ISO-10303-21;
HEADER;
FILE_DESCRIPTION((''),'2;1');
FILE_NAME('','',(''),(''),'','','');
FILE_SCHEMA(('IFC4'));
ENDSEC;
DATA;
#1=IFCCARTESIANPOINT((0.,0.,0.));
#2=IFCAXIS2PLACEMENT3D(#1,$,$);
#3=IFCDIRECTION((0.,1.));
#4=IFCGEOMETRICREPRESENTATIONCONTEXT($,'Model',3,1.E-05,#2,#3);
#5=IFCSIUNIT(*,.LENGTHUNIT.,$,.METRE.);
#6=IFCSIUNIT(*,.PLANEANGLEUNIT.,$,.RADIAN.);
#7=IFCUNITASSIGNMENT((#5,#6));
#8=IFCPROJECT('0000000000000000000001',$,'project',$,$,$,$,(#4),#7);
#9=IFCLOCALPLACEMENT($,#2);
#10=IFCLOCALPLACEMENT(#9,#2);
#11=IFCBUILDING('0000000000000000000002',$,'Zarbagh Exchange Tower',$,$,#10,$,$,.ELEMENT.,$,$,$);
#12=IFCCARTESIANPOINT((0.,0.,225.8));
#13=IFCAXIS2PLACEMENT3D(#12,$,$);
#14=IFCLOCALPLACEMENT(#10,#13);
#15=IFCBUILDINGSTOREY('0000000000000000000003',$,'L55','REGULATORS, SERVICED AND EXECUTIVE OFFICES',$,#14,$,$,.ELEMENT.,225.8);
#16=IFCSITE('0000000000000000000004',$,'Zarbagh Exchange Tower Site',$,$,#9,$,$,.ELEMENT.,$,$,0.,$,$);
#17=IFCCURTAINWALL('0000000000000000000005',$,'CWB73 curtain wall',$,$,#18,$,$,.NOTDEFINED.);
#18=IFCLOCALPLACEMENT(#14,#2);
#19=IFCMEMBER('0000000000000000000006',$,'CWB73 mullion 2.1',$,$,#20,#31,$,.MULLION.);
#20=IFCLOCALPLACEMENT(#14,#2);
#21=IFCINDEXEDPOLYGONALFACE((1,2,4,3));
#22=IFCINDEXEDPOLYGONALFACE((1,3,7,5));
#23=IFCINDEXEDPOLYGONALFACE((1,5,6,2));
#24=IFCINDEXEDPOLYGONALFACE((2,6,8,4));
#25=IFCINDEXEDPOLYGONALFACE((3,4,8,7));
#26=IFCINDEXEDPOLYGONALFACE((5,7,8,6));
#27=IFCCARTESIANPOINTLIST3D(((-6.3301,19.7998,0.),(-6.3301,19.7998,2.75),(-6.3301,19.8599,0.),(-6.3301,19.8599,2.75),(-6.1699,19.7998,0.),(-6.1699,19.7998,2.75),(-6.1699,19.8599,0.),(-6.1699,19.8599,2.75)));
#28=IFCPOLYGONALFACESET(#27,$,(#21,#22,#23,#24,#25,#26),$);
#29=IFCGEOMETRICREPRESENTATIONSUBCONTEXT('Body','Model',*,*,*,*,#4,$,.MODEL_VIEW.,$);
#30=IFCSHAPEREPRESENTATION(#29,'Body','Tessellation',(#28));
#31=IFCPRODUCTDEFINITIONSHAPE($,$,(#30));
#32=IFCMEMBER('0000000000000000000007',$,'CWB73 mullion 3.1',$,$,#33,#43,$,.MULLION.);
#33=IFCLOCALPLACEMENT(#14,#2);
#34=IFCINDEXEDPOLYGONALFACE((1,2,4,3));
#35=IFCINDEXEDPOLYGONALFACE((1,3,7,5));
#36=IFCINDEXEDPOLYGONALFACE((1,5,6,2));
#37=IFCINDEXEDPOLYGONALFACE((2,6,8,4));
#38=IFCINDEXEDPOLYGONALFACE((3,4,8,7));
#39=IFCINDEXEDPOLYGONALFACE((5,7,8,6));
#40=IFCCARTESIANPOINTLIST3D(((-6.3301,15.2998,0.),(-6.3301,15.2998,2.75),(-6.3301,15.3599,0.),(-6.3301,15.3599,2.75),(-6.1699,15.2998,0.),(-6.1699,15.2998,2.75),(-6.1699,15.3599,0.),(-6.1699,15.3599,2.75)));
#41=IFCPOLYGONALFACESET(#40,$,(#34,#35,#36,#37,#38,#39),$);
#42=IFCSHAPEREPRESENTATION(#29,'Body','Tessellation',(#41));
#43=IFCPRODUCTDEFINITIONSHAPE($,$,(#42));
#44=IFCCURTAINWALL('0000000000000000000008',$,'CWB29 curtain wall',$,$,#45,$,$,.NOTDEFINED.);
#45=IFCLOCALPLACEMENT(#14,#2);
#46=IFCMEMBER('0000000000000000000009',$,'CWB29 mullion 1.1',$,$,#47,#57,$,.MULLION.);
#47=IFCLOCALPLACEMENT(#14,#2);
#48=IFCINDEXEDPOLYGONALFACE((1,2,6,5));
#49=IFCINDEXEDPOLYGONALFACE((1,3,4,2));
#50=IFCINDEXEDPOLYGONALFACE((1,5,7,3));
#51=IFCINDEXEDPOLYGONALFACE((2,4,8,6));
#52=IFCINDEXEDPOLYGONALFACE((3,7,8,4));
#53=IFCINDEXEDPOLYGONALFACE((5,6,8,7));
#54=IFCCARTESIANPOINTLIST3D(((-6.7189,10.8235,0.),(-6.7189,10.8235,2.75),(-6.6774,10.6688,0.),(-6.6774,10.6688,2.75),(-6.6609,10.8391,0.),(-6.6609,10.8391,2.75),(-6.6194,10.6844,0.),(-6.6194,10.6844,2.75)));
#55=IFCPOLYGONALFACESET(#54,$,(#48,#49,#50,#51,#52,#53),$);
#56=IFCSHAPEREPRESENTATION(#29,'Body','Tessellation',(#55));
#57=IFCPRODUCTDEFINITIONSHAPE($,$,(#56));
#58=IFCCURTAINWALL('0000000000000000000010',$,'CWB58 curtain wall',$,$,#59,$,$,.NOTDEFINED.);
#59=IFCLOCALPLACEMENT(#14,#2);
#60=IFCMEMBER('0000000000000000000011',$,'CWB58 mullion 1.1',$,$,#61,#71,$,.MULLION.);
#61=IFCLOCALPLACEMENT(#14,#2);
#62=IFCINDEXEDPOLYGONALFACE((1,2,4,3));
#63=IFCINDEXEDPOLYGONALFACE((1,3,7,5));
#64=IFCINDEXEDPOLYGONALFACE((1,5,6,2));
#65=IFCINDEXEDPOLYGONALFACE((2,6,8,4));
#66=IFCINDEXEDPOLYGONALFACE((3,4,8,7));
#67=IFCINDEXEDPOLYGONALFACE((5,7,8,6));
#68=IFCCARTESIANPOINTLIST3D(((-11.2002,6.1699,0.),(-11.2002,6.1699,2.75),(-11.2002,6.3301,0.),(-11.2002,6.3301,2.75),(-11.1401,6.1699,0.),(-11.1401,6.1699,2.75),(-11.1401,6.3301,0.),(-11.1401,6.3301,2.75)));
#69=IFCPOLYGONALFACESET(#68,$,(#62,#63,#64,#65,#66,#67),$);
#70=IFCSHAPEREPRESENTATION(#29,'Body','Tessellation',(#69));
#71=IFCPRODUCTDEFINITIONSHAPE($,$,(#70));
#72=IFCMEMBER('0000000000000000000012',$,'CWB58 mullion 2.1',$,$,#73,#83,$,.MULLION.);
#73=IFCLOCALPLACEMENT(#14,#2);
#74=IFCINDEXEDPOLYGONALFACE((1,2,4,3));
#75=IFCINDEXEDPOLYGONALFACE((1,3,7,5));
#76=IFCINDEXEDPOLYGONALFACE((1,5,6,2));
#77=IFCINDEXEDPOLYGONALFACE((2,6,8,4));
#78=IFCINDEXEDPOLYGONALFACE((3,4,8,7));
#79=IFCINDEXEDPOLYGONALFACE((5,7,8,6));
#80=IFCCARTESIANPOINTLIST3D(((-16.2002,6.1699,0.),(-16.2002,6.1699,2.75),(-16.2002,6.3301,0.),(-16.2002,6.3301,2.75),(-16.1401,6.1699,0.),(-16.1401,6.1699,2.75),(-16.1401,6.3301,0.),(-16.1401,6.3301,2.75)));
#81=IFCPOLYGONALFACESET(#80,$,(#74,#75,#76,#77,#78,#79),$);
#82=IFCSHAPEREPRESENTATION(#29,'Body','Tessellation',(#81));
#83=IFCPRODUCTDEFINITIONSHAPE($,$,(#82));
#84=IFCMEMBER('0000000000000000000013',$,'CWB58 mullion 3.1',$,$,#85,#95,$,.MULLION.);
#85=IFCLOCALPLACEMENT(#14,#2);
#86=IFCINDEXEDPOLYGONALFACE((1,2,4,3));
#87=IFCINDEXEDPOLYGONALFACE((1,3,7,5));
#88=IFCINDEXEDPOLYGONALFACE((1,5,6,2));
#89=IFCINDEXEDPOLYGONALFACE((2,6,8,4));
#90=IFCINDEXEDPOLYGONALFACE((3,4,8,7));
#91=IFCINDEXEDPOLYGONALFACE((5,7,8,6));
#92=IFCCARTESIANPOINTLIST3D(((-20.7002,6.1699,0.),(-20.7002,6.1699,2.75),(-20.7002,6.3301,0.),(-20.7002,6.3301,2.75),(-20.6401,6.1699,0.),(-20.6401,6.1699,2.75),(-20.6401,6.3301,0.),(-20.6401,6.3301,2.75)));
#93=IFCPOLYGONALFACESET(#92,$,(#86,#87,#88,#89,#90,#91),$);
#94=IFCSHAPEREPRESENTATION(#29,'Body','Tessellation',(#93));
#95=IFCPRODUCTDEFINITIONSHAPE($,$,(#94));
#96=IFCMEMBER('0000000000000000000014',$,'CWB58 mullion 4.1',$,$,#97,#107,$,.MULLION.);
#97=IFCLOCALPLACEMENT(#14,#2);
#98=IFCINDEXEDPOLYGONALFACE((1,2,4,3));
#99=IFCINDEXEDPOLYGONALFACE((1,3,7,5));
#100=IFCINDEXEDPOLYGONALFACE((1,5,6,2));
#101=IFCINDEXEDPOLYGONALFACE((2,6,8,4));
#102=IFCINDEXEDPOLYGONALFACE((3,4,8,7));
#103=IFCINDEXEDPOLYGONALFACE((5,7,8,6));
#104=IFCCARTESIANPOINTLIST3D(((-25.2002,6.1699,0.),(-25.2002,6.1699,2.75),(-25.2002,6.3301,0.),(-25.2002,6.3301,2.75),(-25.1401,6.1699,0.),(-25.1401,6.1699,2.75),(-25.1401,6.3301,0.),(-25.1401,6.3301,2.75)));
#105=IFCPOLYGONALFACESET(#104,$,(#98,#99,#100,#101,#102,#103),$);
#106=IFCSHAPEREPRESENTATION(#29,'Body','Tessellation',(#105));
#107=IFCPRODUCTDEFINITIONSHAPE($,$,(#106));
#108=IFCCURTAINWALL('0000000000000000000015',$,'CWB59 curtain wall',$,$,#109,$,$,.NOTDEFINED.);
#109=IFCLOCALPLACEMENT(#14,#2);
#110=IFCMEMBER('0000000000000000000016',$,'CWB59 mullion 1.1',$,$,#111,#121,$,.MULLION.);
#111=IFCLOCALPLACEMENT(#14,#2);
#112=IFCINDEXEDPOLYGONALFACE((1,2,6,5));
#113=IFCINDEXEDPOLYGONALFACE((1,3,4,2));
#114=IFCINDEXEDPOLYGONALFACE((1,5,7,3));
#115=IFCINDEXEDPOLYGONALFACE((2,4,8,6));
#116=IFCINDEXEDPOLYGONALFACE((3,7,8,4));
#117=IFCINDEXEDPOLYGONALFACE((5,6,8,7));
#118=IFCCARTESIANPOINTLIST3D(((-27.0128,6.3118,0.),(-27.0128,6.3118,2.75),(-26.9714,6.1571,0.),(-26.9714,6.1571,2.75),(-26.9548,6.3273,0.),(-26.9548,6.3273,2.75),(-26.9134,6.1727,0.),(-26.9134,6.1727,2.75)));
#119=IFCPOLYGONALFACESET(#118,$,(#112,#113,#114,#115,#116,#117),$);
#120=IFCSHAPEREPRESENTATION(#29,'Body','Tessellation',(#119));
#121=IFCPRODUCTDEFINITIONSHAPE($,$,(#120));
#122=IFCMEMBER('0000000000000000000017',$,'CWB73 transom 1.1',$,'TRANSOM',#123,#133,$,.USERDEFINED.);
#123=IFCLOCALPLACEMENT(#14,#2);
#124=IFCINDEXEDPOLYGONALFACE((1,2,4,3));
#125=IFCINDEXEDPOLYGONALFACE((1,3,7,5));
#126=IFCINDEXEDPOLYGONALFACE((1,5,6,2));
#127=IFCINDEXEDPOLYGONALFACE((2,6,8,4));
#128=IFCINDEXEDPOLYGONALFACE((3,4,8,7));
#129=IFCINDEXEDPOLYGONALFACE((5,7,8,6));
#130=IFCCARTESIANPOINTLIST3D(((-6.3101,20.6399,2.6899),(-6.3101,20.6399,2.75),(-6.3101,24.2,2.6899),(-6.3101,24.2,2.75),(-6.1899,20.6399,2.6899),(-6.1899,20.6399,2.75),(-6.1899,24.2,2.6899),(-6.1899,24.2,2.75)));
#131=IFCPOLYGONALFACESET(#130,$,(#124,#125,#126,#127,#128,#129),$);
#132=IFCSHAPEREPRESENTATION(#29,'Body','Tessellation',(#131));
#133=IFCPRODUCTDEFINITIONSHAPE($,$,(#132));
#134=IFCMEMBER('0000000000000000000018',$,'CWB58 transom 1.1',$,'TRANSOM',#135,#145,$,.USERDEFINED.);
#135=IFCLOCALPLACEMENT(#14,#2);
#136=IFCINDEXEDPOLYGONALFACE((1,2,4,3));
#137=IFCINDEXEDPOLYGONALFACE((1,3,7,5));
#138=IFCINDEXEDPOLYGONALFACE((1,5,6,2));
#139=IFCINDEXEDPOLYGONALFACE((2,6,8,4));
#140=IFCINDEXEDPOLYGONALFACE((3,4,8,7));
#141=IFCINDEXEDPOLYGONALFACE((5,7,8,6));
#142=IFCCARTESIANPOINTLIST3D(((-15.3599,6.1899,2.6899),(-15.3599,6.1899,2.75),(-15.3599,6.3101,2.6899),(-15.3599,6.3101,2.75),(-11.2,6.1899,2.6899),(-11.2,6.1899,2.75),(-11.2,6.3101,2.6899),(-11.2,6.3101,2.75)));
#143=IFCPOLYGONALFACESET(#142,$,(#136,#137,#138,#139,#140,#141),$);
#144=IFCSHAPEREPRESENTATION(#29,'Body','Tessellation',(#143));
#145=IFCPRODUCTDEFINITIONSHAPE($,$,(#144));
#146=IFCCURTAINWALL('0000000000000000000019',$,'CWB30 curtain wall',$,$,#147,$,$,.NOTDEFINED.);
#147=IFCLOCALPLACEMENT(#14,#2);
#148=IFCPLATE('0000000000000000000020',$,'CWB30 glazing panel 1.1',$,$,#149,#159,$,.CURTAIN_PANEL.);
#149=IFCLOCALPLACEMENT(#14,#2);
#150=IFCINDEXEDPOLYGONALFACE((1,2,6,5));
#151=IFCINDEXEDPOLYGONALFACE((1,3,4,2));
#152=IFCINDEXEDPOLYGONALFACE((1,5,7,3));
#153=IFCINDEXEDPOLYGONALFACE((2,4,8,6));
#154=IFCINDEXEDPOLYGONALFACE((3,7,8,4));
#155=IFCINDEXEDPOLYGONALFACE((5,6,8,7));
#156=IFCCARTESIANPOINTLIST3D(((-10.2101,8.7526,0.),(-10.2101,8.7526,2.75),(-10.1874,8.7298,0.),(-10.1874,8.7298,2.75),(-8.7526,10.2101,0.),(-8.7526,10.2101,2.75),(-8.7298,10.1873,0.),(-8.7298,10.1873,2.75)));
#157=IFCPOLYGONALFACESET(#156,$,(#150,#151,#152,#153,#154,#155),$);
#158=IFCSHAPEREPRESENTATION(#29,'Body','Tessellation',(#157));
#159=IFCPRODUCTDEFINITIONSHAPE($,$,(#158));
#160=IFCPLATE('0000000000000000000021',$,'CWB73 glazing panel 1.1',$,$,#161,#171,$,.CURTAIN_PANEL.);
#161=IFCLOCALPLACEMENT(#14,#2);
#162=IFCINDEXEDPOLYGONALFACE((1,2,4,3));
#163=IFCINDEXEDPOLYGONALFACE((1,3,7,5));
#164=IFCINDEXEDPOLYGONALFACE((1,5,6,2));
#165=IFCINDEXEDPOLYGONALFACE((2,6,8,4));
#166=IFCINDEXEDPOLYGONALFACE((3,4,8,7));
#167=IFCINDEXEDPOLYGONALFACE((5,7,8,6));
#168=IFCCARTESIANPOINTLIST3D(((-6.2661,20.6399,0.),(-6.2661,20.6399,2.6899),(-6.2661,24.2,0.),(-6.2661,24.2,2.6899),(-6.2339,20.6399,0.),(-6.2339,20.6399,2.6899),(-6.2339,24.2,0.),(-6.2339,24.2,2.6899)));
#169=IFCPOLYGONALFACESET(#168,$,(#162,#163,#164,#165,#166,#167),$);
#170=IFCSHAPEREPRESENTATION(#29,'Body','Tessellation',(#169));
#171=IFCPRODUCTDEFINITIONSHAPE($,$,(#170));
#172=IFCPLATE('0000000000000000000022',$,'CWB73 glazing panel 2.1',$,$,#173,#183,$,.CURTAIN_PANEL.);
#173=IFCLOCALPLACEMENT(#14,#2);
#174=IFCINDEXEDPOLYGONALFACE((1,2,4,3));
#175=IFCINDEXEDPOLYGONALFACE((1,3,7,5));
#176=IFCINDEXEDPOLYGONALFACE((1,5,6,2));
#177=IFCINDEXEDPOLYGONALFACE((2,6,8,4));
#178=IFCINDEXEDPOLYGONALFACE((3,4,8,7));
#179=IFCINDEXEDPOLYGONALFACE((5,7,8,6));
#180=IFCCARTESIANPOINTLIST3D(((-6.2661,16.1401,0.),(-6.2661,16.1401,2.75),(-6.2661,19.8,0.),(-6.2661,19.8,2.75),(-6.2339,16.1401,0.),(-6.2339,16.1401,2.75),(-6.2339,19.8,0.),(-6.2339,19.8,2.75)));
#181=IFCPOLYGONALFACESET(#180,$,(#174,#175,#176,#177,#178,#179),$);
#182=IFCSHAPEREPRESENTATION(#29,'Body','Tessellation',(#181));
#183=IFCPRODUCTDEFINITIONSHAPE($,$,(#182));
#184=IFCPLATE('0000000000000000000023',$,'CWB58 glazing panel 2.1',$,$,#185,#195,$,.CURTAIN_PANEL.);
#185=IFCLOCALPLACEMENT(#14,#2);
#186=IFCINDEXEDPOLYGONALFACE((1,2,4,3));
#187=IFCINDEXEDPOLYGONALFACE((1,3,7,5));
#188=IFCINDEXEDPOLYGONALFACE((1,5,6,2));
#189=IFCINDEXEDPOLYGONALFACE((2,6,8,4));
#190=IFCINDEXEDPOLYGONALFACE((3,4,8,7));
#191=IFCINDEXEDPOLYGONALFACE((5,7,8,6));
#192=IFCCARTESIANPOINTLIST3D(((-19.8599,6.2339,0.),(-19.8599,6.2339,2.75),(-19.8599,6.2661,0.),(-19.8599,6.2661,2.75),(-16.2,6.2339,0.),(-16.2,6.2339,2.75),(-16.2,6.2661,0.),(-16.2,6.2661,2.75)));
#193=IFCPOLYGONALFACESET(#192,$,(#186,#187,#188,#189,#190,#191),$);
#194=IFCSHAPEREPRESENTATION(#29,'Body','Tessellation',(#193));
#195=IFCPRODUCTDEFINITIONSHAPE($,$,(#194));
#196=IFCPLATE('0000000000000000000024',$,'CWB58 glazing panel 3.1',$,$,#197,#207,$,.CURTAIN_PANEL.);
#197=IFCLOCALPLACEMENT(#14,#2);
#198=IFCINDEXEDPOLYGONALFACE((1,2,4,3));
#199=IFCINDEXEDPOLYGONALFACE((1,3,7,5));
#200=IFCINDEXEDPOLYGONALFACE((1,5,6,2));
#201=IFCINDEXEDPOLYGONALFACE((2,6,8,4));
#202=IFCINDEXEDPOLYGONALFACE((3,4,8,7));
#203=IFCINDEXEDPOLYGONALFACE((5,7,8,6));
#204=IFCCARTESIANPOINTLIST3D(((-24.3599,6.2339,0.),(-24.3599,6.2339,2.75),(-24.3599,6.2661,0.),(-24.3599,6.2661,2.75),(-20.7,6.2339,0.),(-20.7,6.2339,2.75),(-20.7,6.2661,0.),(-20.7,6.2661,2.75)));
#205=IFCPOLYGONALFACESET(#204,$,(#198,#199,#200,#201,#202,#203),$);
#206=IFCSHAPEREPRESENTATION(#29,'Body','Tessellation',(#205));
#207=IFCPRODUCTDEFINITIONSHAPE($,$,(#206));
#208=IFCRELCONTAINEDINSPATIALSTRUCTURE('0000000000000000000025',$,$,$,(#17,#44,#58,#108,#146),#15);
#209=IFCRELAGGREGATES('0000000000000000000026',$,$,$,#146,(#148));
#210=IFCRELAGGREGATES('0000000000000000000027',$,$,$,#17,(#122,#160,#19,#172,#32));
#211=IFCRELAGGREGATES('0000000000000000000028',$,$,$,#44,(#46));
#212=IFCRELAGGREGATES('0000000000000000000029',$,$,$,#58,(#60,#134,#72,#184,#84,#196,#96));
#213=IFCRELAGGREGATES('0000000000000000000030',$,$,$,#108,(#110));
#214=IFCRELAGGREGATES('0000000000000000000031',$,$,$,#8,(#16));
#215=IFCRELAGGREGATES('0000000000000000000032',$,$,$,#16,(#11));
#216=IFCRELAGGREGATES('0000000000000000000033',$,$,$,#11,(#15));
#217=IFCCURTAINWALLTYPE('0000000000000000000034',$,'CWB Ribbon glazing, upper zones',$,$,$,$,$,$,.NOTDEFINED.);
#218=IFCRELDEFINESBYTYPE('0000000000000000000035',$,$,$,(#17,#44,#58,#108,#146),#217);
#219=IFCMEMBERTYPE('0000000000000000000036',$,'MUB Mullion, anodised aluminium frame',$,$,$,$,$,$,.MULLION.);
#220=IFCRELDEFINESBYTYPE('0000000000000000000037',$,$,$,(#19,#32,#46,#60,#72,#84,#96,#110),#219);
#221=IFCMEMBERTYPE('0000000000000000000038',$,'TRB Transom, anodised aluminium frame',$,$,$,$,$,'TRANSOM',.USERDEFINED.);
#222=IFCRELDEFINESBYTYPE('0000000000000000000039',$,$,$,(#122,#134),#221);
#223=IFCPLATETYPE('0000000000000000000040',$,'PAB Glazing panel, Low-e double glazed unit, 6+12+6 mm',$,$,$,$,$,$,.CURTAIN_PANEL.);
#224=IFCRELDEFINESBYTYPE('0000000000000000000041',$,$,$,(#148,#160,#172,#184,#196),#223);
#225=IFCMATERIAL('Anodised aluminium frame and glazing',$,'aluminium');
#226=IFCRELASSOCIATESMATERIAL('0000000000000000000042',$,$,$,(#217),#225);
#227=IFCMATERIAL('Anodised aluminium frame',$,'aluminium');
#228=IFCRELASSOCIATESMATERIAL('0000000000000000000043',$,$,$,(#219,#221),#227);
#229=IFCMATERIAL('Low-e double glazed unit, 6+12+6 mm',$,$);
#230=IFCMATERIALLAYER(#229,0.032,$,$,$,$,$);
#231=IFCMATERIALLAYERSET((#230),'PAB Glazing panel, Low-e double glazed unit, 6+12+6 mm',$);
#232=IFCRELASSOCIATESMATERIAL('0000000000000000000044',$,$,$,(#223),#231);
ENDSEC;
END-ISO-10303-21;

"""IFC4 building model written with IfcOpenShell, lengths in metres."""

from ifc_helpers import new_model, si_unit, direction, frame, origin, place, context, subcontext, project, spatial, polyline, outline, extrude, source, transform, mapped, material, layer, layer_set, type_object, element, aggregate, save


model = new_model("IFC4")

# Units and contexts
model_context = context("Model", 3, precision=1e-05, world=origin(), true_north=direction((0.0, 1.0)))
body_context = subcontext(model_context, "Body", "Model", "MODEL_VIEW")
ifc_project = project(units=[si_unit("LENGTHUNIT", "METRE"), si_unit("PLANEANGLEUNIT", "RADIAN")], contexts=[model_context])

# Site, building, storey
site_placement = place(None, origin())
site = spatial("IfcSite", under=ifc_project, at=site_placement, Name="Zarbagh Exchange Tower Site", CompositionType="ELEMENT", RefElevation=0.0)
building_placement = place(site_placement, origin())
building = spatial("IfcBuilding", under=site, at=building_placement, Name="Zarbagh Exchange Tower", CompositionType="ELEMENT")
storey_placement = place(building_placement, frame((0.0, 0.0, 225.8)))
storey = spatial("IfcBuildingStorey", under=building, at=storey_placement, Name="L55", Description="REGULATORS, SERVICED AND EXECUTIVE OFFICES", CompositionType="ELEMENT", Elevation=225.8)

# Curtain wall, members
ifc_material_1 = material(Name="Anodised aluminium frame and glazing", Category="aluminium")
curtain_wall_type = type_object("IfcCurtainWallType", Name="CWB Ribbon glazing, upper zones", PredefinedType="NOTDEFINED", material=ifc_material_1)
curtain_wall_1_placement = place(storey_placement, origin())
curtain_wall_1 = element("IfcCurtainWall", 1, at=curtain_wall_1_placement, inside=storey, type_object=curtain_wall_type, Name="CWB73 curtain wall", PredefinedType="NOTDEFINED")
ifc_material_2 = material(Name="Anodised aluminium frame", Category="aluminium")
member_type_1 = type_object("IfcMemberType", Name="MUB Mullion, anodised aluminium frame", PredefinedType="MULLION", material=ifc_material_2)
shared_shape_1 = source(origin(), body_context, "Body", "SweptSolid", [
    extrude(outline(polyline([(0.0, -0.0801), (0.0601, -0.0801), (0.0601, 0.0801), (0.0, 0.0801), (0.0, -0.0801)])), origin(), (0.0, 0.0, 1.0), 2.75),
])
placement = place(storey_placement, origin())
member_1 = element("IfcMember", 2, at=placement, type_object=member_type_1, Name="CWB73 mullion 2.1", PredefinedType="MULLION", context=body_context, shape_type="MappedRepresentation", body=[
    mapped(shared_shape_1, transform((-6.25, 19.8599, 0.0), x_axis=(0.0, -1.0, 0.0), y_axis=(1.0, 0.0, 0.0), z_axis=(0.0, 0.0, 1.0))),
])
member_2 = element("IfcMember", 3, at=placement, type_object=member_type_1, Name="CWB73 mullion 3.1", PredefinedType="MULLION", context=body_context, shape_type="MappedRepresentation", body=[
    mapped(shared_shape_1, transform((-6.25, 15.3599, 0.0), x_axis=(0.0, -1.0, 0.0), y_axis=(1.0, 0.0, 0.0), z_axis=(0.0, 0.0, 1.0))),
])

# Curtain wall, member
curtain_wall_2_placement = place(storey_placement, origin())
curtain_wall_2 = element("IfcCurtainWall", 4, at=curtain_wall_2_placement, inside=storey, type_object=curtain_wall_type, Name="CWB29 curtain wall", PredefinedType="NOTDEFINED")
member_3 = element("IfcMember", 5, at=placement, type_object=member_type_1, Name="CWB29 mullion 1.1", PredefinedType="MULLION", context=body_context, shape_type="MappedRepresentation", body=[
    mapped(shared_shape_1, transform((-6.6401, 10.7617, 0.0), x_axis=(-0.965924, -0.258825, 0.0), y_axis=(0.258825, -0.965924, 0.0), z_axis=(0.0, 0.0, 1.0))),
])

# Curtain wall, members
curtain_wall_3_placement = place(storey_placement, origin())
curtain_wall_3 = element("IfcCurtainWall", 6, at=curtain_wall_3_placement, inside=storey, type_object=curtain_wall_type, Name="CWB58 curtain wall", PredefinedType="NOTDEFINED")
member_4 = element("IfcMember", 7, at=placement, type_object=member_type_1, Name="CWB58 mullion 1.1", PredefinedType="MULLION", context=body_context, shape_type="MappedRepresentation", body=[
    mapped(shared_shape_1, transform((-11.1401, 6.25, 0.0), x_axis=(-1.0, 0.0, 0.0), y_axis=(0.0, -1.0, 0.0), z_axis=(0.0, 0.0, 1.0))),
])
member_5 = element("IfcMember", 8, at=placement, type_object=member_type_1, Name="CWB58 mullion 2.1", PredefinedType="MULLION", context=body_context, shape_type="MappedRepresentation", body=[
    mapped(shared_shape_1, transform((-16.1401, 6.25, 0.0), x_axis=(-1.0, 0.0, 0.0), y_axis=(0.0, -1.0, 0.0), z_axis=(0.0, 0.0, 1.0))),
])
member_6 = element("IfcMember", 9, at=placement, type_object=member_type_1, Name="CWB58 mullion 3.1", PredefinedType="MULLION", context=body_context, shape_type="MappedRepresentation", body=[
    mapped(shared_shape_1, transform((-20.6401, 6.25, 0.0), x_axis=(-1.0, 0.0, 0.0), y_axis=(0.0, -1.0, 0.0), z_axis=(0.0, 0.0, 1.0))),
])
member_7 = element("IfcMember", 10, at=placement, type_object=member_type_1, Name="CWB58 mullion 4.1", PredefinedType="MULLION", context=body_context, shape_type="MappedRepresentation", body=[
    mapped(shared_shape_1, transform((-25.1401, 6.25, 0.0), x_axis=(-1.0, 0.0, 0.0), y_axis=(0.0, -1.0, 0.0), z_axis=(0.0, 0.0, 1.0))),
])

# Curtain wall, member
curtain_wall_4_placement = place(storey_placement, origin())
curtain_wall_4 = element("IfcCurtainWall", 11, at=curtain_wall_4_placement, inside=storey, type_object=curtain_wall_type, Name="CWB59 curtain wall", PredefinedType="NOTDEFINED")
member_8 = element("IfcMember", 12, at=placement, type_object=member_type_1, Name="CWB59 mullion 1.1", PredefinedType="MULLION", context=body_context, shape_type="MappedRepresentation", body=[
    mapped(shared_shape_1, transform((-26.9341, 6.25, 0.0), x_axis=(-0.965924, -0.258825, 0.0), y_axis=(0.258825, -0.965924, 0.0), z_axis=(0.0, 0.0, 1.0))),
])

# Members
member_type_2 = type_object("IfcMemberType", Name="TRB Transom, anodised aluminium frame", ElementType="TRANSOM", PredefinedType="USERDEFINED", material=ifc_material_2)
shared_shape_2 = source(origin(), body_context, "Body", "SweptSolid", [
    extrude(outline(polyline([(-0.0601, -0.0601), (0.0, -0.0601), (0.0, 0.0601), (-0.0601, 0.0601), (-0.0601, -0.0601)])), origin(), (0.0, 0.0, 1.0), 3.5601),
])
member_9 = element("IfcMember", 13, at=placement, type_object=member_type_2, Name="CWB73 transom 1.1", ObjectType="TRANSOM", PredefinedType="USERDEFINED", context=body_context, shape_type="MappedRepresentation", body=[
    mapped(shared_shape_2, transform((-6.25, 24.2, 2.75), x_axis=(0.0, 0.0, 1.0), y_axis=(-1.0, 0.0, 0.0), z_axis=(0.0, -1.0, 0.0))),
])
shared_shape_3 = source(origin(), body_context, "Body", "SweptSolid", [
    extrude(outline(polyline([(-0.0601, -0.0601), (0.0, -0.0601), (0.0, 0.0601), (-0.0601, 0.0601), (-0.0601, -0.0601)])), origin(), (0.0, 0.0, 1.0), 4.1599),
])
member_10 = element("IfcMember", 14, at=placement, type_object=member_type_2, Name="CWB58 transom 1.1", ObjectType="TRANSOM", PredefinedType="USERDEFINED", context=body_context, shape_type="MappedRepresentation", body=[
    mapped(shared_shape_3, transform((-11.2, 6.25, 2.75), x_axis=(0.0, 0.0, 1.0), y_axis=(0.0, 1.0, 0.0), z_axis=(-1.0, 0.0, 0.0))),
])

# Curtain wall, plate
curtain_wall_5_placement = place(storey_placement, origin())
curtain_wall_5 = element("IfcCurtainWall", 15, at=curtain_wall_5_placement, inside=storey, type_object=curtain_wall_type, Name="CWB30 curtain wall", PredefinedType="NOTDEFINED")
ifc_material_3 = material(Name="Low-e double glazed unit, 6+12+6 mm")
ifc_layer = layer(ifc_material_3, 0.032)
ifc_layer_set = layer_set([ifc_layer], Name="PAB Glazing panel, Low-e double glazed unit, 6+12+6 mm")
plate_type = type_object("IfcPlateType", Name="PAB Glazing panel, Low-e double glazed unit, 6+12+6 mm", PredefinedType="CURTAIN_PANEL", material=ifc_layer_set)
shared_shape_4 = source(origin(), body_context, "Body", "SweptSolid", [
    extrude(outline(polyline([(0.0, -0.0161), (2.0613, -0.0161), (2.0613, 0.0161), (0.0, 0.0161), (0.0, -0.0161)])), origin(), (0.0, 0.0, 1.0), 2.75),
])
plate_1 = element("IfcPlate", 16, at=placement, type_object=plate_type, Name="CWB30 glazing panel 1.1", PredefinedType="CURTAIN_PANEL", context=body_context, shape_type="MappedRepresentation", body=[
    mapped(shared_shape_4, transform((-8.7412, 10.1987, 0.0), x_axis=(-0.707107, -0.707107, 0.0), y_axis=(0.707107, -0.707107, 0.0), z_axis=(0.0, 0.0, 1.0))),
])
aggregate(curtain_wall_5, [plate_1])

# Plates
shared_shape_5 = source(origin(), body_context, "Body", "SweptSolid", [
    extrude(outline(polyline([(0.0, -0.0161), (3.5601, -0.0161), (3.5601, 0.0161), (0.0, 0.0161), (0.0, -0.0161)])), origin(), (0.0, 0.0, 1.0), 2.6899),
])
plate_2 = element("IfcPlate", 17, at=placement, type_object=plate_type, Name="CWB73 glazing panel 1.1", PredefinedType="CURTAIN_PANEL", context=body_context, shape_type="MappedRepresentation", body=[
    mapped(shared_shape_5, transform((-6.25, 24.2, 0.0), x_axis=(0.0, -1.0, 0.0), y_axis=(1.0, 0.0, 0.0), z_axis=(0.0, 0.0, 1.0))),
])
shared_shape_6 = source(origin(), body_context, "Body", "SweptSolid", [
    extrude(outline(polyline([(0.0, -0.0161), (3.6599, -0.0161), (3.6599, 0.0161), (0.0, 0.0161), (0.0, -0.0161)])), origin(), (0.0, 0.0, 1.0), 2.75),
])
plate_3 = element("IfcPlate", 18, at=placement, type_object=plate_type, Name="CWB73 glazing panel 2.1", PredefinedType="CURTAIN_PANEL", context=body_context, shape_type="MappedRepresentation", body=[
    mapped(shared_shape_6, transform((-6.25, 19.8, 0.0), x_axis=(0.0, -1.0, 0.0), y_axis=(1.0, 0.0, 0.0), z_axis=(0.0, 0.0, 1.0))),
])
plate_4 = element("IfcPlate", 19, at=placement, type_object=plate_type, Name="CWB58 glazing panel 2.1", PredefinedType="CURTAIN_PANEL", context=body_context, shape_type="MappedRepresentation", body=[
    mapped(shared_shape_6, transform((-16.2, 6.25, 0.0), x_axis=(-1.0, 0.0, 0.0), y_axis=(0.0, -1.0, 0.0), z_axis=(0.0, 0.0, 1.0))),
])
plate_5 = element("IfcPlate", 20, at=placement, type_object=plate_type, Name="CWB58 glazing panel 3.1", PredefinedType="CURTAIN_PANEL", context=body_context, shape_type="MappedRepresentation", body=[
    mapped(shared_shape_6, transform((-20.7, 6.25, 0.0), x_axis=(-1.0, 0.0, 0.0), y_axis=(0.0, -1.0, 0.0), z_axis=(0.0, 0.0, 1.0))),
])
aggregate(curtain_wall_1, [member_9, plate_2, member_1, plate_3, member_2])
aggregate(curtain_wall_2, [member_3])

aggregate(curtain_wall_3, [member_4, member_10, member_5, plate_4, member_6, plate_5, member_7])
aggregate(curtain_wall_4, [member_8])

save(model, "model.ifc")
